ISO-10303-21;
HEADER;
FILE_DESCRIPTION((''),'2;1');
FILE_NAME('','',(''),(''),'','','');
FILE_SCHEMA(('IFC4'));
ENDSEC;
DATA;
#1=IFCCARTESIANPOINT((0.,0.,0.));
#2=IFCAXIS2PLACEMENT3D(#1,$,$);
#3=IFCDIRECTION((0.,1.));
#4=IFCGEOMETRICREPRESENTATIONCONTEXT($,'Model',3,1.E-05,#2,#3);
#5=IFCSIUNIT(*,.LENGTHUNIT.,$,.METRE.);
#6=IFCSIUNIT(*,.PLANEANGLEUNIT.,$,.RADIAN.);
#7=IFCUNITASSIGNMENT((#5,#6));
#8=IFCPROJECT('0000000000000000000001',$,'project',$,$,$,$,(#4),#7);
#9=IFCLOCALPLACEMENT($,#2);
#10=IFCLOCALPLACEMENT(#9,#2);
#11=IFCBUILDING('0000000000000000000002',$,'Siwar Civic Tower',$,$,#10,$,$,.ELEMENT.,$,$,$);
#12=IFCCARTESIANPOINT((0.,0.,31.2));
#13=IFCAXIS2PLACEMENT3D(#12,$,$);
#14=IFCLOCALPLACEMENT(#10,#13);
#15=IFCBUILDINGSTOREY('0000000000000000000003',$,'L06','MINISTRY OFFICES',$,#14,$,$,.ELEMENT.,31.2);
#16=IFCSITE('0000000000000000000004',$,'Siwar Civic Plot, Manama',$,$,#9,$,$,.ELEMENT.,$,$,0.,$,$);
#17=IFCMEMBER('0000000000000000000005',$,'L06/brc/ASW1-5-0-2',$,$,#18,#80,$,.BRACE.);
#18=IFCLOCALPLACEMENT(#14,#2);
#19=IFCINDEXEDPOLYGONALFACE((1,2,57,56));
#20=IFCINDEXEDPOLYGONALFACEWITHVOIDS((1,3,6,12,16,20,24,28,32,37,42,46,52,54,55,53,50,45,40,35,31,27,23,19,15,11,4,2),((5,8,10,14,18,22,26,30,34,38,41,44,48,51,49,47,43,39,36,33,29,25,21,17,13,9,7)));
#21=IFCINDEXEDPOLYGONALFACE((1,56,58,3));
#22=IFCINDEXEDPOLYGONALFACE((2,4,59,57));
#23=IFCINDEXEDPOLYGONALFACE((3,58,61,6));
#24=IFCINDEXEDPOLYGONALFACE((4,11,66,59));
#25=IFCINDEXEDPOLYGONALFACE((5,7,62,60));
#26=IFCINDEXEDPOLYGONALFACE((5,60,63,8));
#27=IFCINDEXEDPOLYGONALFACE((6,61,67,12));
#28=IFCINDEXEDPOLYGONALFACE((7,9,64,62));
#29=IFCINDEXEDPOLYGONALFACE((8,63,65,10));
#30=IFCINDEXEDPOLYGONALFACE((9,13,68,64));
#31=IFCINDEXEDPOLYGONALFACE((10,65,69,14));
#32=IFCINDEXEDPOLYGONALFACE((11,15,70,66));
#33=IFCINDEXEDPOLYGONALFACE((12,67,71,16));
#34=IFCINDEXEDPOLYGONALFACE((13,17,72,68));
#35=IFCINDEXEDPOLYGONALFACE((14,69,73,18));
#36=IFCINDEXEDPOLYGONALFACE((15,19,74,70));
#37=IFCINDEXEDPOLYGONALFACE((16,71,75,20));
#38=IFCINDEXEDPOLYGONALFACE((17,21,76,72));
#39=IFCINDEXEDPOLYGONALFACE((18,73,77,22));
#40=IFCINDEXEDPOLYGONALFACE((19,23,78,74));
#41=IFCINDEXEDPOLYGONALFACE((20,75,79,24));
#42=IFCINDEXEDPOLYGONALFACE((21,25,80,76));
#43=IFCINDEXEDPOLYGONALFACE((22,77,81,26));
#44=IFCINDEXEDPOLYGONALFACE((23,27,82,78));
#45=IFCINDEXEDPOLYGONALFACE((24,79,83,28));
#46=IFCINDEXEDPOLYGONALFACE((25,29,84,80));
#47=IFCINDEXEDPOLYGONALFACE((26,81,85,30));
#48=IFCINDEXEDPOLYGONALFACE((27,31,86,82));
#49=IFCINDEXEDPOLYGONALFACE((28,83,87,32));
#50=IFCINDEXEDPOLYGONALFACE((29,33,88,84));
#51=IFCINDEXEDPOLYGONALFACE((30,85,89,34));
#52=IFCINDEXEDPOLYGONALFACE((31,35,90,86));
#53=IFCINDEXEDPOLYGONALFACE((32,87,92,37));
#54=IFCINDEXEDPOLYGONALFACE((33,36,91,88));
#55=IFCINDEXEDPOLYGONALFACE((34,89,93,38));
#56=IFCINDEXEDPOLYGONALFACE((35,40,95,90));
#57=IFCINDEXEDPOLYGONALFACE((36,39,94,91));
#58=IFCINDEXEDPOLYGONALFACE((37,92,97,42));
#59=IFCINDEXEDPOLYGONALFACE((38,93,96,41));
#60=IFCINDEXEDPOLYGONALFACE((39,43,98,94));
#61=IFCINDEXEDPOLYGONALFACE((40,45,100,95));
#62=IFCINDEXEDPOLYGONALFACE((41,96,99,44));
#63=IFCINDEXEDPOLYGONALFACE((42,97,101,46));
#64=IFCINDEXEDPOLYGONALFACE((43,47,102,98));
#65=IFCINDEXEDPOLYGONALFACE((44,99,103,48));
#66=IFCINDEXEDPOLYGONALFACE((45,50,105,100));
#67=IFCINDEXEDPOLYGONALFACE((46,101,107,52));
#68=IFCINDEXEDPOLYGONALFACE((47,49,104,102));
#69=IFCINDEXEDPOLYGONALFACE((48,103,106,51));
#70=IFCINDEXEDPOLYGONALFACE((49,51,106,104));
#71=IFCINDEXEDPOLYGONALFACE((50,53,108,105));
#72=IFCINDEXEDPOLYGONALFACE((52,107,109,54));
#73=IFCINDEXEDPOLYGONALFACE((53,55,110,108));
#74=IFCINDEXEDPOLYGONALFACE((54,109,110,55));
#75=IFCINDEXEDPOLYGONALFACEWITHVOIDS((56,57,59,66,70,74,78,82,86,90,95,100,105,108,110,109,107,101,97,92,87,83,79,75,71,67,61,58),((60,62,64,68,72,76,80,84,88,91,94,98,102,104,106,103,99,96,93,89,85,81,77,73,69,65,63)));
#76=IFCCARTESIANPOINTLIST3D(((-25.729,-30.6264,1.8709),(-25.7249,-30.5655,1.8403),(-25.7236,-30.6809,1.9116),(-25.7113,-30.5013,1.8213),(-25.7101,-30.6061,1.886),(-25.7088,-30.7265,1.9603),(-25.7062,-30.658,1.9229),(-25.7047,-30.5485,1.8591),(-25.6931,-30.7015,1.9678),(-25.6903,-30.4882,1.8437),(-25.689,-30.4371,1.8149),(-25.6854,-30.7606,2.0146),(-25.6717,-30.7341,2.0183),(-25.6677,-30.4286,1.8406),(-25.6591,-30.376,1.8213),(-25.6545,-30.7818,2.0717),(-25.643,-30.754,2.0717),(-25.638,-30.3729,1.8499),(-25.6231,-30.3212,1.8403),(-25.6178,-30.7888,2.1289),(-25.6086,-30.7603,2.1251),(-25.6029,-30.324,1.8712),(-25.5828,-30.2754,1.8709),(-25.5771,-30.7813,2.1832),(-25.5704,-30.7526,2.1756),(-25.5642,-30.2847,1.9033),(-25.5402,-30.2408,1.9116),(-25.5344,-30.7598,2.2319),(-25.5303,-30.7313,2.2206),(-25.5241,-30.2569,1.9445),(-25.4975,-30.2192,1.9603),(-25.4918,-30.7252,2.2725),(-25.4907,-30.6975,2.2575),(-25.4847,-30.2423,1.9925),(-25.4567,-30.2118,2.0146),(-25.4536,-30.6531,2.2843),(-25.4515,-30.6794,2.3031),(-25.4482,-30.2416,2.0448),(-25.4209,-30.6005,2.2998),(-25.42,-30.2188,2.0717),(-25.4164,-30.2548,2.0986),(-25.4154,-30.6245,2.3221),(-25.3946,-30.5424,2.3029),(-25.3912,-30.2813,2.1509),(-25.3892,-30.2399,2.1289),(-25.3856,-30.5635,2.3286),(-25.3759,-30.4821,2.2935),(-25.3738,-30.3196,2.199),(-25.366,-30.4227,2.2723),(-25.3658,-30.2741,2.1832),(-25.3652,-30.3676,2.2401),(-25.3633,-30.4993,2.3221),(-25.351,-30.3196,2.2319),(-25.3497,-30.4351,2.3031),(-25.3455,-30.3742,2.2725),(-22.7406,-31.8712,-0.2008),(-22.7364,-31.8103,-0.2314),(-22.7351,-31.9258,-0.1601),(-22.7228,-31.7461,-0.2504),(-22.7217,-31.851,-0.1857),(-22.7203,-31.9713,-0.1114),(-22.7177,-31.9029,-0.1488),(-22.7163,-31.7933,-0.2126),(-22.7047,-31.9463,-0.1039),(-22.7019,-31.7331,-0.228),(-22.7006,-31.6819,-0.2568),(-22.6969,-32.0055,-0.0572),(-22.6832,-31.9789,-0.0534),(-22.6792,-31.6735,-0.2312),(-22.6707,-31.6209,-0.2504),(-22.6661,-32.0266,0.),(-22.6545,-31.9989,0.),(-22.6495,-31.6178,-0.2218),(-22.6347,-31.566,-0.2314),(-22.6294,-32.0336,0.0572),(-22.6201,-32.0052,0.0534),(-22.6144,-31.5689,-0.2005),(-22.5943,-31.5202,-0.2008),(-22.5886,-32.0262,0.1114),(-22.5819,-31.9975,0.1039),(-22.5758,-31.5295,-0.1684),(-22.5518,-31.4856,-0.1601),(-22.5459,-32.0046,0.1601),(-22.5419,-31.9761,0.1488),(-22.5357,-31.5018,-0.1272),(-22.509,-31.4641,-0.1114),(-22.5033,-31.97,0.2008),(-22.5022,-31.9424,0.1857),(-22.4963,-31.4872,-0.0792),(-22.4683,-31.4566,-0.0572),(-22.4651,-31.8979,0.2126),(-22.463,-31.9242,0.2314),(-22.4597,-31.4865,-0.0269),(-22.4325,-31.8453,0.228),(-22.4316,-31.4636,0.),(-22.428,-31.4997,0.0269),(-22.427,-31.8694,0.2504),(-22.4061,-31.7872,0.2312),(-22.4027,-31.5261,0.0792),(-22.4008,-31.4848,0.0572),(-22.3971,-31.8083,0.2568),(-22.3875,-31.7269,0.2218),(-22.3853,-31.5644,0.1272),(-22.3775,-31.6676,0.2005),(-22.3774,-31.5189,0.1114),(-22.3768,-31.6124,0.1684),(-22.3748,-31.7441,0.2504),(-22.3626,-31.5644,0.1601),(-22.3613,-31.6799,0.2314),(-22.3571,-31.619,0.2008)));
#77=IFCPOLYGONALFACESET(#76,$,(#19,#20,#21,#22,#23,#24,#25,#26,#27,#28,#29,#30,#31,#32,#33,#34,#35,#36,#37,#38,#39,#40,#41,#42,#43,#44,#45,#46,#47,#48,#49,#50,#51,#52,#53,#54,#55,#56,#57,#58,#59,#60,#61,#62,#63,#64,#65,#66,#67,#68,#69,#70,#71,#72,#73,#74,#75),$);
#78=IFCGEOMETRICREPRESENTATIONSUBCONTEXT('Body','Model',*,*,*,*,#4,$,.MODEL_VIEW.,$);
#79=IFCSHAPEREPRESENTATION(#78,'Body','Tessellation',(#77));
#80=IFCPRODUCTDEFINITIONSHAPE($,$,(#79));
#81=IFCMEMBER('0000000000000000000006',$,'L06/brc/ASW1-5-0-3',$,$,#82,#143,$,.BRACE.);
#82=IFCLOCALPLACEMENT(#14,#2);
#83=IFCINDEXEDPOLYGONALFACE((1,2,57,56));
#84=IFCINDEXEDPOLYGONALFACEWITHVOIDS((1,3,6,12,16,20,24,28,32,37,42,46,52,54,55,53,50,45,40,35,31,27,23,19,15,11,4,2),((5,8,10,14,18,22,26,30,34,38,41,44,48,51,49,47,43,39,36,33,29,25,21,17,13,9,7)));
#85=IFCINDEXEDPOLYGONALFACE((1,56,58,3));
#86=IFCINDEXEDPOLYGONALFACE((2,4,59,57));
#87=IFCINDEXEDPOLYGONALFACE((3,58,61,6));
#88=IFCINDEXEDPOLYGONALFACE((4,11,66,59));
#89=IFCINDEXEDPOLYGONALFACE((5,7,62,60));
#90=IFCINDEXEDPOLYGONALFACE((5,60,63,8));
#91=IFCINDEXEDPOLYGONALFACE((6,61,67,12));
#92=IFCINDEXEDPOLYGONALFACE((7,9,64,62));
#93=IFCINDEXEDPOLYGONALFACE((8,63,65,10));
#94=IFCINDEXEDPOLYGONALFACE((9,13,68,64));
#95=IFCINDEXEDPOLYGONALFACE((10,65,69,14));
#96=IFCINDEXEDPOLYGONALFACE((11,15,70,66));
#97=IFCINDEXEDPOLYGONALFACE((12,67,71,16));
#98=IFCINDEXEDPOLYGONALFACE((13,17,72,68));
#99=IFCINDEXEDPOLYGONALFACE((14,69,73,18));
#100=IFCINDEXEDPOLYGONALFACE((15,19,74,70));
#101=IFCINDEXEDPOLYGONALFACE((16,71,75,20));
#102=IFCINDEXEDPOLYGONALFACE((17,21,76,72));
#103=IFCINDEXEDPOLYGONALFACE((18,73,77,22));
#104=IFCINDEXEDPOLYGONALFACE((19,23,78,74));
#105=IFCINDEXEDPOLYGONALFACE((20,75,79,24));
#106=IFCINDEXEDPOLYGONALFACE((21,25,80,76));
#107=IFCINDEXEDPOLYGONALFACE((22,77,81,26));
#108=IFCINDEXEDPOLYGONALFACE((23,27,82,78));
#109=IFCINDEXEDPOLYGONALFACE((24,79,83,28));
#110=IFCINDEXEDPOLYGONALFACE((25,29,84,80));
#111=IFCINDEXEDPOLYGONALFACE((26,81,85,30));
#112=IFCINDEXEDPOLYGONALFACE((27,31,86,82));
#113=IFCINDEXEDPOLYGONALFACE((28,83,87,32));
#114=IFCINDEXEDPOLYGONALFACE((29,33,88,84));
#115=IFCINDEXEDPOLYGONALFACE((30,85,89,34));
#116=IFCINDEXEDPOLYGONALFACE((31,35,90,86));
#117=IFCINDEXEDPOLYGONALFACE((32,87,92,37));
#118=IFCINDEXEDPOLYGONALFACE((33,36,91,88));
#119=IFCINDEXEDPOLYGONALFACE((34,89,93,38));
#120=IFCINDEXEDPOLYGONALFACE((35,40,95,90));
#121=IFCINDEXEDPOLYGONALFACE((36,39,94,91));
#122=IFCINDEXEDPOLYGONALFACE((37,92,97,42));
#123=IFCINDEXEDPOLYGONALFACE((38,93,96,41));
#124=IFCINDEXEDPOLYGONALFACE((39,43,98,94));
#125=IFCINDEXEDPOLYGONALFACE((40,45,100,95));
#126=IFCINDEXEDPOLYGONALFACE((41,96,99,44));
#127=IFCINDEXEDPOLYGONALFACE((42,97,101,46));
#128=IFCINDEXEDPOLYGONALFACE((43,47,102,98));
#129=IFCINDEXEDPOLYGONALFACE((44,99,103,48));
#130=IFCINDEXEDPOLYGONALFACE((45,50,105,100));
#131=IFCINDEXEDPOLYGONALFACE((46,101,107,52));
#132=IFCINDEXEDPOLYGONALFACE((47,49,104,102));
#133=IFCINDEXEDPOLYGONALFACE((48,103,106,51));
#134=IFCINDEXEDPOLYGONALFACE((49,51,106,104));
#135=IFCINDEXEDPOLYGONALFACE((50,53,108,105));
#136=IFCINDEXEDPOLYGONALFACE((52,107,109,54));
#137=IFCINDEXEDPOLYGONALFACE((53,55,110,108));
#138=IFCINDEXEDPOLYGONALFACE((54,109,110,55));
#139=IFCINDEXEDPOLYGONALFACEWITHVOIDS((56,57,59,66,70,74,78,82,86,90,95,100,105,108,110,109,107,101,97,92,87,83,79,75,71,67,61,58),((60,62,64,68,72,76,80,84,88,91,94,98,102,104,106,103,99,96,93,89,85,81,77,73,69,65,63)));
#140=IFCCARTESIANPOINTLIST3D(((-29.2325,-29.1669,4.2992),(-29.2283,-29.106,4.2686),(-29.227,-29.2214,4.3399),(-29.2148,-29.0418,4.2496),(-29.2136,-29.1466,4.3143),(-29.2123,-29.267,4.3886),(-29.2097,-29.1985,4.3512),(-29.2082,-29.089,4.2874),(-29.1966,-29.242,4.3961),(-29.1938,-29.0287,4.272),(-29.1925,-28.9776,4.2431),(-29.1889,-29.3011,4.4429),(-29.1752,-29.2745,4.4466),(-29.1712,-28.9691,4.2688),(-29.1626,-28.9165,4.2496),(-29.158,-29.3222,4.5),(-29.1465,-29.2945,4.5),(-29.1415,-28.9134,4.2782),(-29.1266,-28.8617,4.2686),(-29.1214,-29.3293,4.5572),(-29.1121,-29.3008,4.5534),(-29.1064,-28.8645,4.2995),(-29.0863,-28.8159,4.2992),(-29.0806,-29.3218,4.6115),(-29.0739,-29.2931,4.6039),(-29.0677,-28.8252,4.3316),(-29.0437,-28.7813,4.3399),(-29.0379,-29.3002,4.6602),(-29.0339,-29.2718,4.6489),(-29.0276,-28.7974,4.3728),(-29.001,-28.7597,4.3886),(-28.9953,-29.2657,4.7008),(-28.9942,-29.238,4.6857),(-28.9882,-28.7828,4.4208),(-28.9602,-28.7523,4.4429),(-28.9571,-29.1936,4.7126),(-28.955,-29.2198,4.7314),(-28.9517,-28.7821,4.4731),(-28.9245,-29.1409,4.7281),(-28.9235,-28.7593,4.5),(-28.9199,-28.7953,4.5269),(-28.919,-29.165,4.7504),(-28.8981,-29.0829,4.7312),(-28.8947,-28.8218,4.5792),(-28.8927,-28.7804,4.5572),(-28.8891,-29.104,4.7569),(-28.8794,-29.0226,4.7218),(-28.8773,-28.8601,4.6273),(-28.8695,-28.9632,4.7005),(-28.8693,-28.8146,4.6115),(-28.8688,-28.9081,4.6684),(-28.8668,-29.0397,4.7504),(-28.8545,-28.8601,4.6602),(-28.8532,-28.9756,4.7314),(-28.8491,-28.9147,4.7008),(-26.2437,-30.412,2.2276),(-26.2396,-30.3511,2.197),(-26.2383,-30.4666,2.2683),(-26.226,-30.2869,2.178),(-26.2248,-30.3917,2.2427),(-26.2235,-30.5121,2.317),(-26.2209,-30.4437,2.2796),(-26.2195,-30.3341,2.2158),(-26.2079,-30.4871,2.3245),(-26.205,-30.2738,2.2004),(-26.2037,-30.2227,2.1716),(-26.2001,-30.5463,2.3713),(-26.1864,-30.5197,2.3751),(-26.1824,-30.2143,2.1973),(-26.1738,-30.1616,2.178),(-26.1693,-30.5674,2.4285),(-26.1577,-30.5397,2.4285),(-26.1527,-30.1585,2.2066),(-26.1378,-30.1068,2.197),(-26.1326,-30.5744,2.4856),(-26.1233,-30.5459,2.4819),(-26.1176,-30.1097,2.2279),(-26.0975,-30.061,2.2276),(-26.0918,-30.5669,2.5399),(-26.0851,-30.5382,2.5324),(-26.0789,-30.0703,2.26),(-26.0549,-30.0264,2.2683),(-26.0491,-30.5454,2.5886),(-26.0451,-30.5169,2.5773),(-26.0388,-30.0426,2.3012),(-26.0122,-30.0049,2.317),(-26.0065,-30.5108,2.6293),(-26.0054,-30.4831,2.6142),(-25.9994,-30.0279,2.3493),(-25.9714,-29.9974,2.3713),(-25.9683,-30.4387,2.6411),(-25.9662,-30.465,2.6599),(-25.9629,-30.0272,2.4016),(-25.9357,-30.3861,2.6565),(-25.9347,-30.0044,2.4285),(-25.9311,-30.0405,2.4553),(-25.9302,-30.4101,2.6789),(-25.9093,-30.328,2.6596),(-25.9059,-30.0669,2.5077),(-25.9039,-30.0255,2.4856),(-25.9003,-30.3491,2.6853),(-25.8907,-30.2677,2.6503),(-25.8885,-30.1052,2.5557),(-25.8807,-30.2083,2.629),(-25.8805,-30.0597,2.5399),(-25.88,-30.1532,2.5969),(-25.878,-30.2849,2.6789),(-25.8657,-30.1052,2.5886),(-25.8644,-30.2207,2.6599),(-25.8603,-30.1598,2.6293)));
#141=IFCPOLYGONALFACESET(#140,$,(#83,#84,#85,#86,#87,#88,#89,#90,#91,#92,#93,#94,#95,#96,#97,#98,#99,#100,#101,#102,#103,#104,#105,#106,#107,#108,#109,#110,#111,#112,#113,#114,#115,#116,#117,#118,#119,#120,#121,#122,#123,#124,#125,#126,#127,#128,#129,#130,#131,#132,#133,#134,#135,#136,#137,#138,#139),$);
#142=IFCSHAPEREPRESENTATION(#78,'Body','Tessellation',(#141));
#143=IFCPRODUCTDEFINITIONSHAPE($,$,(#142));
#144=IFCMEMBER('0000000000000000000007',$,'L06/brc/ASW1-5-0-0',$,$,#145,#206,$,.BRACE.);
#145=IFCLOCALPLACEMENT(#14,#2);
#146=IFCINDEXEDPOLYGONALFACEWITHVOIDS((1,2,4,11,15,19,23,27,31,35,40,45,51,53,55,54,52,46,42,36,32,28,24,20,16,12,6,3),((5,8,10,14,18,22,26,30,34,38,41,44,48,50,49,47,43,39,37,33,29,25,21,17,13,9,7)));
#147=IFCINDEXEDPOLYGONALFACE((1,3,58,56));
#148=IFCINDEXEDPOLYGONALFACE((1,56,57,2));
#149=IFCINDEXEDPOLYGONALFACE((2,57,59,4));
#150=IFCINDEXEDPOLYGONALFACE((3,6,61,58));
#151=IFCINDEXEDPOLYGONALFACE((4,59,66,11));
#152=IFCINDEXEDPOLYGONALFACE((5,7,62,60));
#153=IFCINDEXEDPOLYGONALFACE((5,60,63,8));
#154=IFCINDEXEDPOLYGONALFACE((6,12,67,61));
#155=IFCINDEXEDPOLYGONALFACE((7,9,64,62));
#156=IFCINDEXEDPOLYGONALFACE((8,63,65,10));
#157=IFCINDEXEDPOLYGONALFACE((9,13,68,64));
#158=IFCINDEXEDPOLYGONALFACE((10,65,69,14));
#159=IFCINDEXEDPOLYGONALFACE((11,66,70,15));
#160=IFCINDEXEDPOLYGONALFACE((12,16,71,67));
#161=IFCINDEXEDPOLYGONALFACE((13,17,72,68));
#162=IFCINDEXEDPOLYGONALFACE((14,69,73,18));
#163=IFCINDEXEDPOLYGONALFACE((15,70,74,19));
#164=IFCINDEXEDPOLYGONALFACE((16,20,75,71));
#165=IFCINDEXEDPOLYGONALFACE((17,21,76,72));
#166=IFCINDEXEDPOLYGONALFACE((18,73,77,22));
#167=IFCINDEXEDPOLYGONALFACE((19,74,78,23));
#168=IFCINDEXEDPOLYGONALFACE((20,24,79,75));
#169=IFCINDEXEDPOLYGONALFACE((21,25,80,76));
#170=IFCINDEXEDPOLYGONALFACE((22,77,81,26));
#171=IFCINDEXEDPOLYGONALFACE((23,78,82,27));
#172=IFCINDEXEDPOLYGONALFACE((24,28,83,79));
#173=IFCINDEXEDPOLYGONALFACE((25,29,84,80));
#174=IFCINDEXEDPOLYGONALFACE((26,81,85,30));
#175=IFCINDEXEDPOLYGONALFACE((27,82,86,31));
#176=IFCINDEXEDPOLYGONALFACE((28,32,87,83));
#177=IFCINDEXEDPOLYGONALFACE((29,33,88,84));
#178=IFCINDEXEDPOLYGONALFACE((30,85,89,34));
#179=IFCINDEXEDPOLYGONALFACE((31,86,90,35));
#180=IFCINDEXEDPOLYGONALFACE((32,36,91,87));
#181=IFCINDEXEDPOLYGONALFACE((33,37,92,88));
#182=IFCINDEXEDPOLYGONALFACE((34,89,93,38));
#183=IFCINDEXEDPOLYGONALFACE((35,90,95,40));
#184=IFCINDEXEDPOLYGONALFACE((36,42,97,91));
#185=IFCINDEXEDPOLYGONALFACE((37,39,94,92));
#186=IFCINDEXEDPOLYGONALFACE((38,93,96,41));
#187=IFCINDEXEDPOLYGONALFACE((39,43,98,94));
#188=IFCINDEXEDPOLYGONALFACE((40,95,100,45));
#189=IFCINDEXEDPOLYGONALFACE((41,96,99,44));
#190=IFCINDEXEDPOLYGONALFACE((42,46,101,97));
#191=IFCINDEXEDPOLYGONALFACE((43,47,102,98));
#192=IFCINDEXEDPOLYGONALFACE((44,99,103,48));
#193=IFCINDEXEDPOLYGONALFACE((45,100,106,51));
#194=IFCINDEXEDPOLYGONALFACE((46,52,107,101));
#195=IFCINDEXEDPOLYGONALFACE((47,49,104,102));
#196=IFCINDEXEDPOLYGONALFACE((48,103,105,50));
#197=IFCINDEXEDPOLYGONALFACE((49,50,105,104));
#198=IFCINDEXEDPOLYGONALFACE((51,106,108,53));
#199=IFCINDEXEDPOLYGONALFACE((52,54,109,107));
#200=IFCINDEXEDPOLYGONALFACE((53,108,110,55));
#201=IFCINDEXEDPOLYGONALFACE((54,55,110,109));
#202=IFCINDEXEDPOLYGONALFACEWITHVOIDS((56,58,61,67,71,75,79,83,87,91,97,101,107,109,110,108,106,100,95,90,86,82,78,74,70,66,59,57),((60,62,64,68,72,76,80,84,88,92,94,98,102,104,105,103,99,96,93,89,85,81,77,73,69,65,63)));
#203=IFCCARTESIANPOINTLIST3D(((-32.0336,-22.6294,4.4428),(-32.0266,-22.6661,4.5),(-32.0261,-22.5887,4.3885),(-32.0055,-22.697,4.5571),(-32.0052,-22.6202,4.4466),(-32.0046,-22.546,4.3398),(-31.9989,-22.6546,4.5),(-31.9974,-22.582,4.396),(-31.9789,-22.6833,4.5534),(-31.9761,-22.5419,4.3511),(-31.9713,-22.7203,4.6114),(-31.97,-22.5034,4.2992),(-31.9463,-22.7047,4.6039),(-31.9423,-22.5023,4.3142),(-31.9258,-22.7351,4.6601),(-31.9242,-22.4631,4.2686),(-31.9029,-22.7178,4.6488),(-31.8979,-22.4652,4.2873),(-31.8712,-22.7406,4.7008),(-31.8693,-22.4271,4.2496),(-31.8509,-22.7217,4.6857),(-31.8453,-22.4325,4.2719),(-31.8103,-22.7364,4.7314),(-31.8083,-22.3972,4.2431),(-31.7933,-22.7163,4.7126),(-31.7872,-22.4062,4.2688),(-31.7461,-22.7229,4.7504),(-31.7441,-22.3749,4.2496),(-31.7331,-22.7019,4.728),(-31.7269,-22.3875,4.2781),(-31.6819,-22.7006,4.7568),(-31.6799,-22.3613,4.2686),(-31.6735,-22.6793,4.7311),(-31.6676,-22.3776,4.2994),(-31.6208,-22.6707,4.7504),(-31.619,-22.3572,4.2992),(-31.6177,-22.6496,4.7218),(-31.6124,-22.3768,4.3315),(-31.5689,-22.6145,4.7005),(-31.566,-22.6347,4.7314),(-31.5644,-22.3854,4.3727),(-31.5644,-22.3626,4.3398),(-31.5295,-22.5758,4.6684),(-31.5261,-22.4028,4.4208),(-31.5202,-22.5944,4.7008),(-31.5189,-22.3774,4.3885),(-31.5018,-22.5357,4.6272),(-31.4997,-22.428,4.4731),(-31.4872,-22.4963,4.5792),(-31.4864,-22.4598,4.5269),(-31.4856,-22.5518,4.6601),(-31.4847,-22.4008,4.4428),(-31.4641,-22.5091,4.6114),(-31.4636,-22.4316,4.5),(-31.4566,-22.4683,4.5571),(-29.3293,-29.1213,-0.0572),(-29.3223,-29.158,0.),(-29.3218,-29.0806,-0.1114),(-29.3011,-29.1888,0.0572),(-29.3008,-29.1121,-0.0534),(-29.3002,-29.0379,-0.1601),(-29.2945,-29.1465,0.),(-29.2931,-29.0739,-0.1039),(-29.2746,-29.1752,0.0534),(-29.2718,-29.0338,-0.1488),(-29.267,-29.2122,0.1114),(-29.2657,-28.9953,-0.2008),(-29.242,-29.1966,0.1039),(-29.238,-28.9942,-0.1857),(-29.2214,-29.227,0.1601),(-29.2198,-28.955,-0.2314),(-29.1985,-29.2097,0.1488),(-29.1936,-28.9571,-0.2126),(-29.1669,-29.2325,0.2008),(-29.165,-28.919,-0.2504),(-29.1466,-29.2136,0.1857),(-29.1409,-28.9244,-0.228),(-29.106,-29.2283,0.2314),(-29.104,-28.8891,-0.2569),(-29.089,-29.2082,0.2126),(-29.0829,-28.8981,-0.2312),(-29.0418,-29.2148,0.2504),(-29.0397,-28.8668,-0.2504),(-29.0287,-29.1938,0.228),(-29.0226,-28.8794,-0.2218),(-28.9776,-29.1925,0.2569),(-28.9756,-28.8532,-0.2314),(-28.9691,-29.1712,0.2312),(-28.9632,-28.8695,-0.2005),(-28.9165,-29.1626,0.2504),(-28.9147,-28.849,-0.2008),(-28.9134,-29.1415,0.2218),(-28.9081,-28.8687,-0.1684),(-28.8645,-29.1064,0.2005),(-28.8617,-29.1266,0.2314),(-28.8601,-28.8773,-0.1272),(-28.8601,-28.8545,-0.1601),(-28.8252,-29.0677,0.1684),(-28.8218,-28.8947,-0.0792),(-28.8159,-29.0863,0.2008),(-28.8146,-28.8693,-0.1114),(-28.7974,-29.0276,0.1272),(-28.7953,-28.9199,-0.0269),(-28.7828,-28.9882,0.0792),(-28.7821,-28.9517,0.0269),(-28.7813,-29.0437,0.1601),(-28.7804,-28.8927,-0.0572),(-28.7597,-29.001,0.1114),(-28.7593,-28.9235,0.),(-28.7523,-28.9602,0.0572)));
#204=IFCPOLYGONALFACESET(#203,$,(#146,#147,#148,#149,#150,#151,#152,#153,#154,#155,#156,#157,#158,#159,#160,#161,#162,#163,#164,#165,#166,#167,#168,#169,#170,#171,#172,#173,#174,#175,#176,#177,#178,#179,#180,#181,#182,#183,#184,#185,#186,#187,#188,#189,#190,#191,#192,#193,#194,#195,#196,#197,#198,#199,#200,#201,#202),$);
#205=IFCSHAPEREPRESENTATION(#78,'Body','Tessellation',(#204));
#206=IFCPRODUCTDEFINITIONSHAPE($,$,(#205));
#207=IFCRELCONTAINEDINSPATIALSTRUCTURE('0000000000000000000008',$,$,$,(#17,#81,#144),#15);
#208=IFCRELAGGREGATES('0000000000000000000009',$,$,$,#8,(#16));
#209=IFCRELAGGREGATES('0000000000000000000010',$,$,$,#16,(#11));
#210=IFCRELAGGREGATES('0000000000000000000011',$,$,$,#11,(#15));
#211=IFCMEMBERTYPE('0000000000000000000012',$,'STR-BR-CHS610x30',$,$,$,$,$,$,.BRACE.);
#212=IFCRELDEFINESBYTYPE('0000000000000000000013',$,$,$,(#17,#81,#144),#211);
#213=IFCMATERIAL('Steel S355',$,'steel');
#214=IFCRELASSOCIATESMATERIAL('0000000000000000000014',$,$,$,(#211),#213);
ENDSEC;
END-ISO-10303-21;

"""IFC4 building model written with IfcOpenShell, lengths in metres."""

from ifc_helpers import new_model, si_unit, direction, frame, origin, origin_2d, place, context, subcontext, project, spatial, hollow_circle, extrude, material, material_profile, profile_set, type_object, element, save


model = new_model("IFC4")

# Units and contexts
model_context = context("Model", 3, precision=1e-05, world=origin(), true_north=direction((0.0, 1.0)))
body_context = subcontext(model_context, "Body", "Model", "MODEL_VIEW")
ifc_project = project(units=[si_unit("LENGTHUNIT", "METRE"), si_unit("PLANEANGLEUNIT", "RADIAN")], contexts=[model_context])

# Site, building, storey
site_placement = place(None, origin())
site = spatial("IfcSite", under=ifc_project, at=site_placement, Name="Siwar Civic Plot, Manama", CompositionType="ELEMENT", RefElevation=0.0)
building_placement = place(site_placement, origin())
building = spatial("IfcBuilding", under=site, at=building_placement, Name="Siwar Civic Tower", CompositionType="ELEMENT")
storey_placement = place(building_placement, frame((0.0, 0.0, 31.2)))
storey = spatial("IfcBuildingStorey", under=building, at=storey_placement, Name="L06", Description="MINISTRY OFFICES", CompositionType="ELEMENT", Elevation=31.2)

# Members
ifc_material_1 = material(Name="Steel S355", Category="steel")
ifc_material_profile_1 = material_profile(ifc_material_1, hollow_circle(Radius=0.3049, WallThickness=0.03, at=origin_2d()), Name="CHS610x30")
ifc_profile_set_1 = profile_set([ifc_material_profile_1], Name="Steel S355")
member_type_1 = type_object("IfcMemberType", Name="STR-BR-CHS610x30", PredefinedType="BRACE", material=ifc_profile_set_1)
member_1_placement = place(storey_placement, frame((-22.5488, -31.7451, 0.0), z_axis=(-0.777533, 0.323882, 0.53902), x_axis=(-0.384524, -0.923115, 0.0)))
element("IfcMember", 1, at=member_1_placement, inside=storey, type_object=member_type_1, Name="L06/brc/ASW1-5-0-2", PredefinedType="BRACE", context=body_context, shape_type="SweptSolid", body=[
    extrude(hollow_circle(Radius=0.3049, WallThickness=0.03, at=origin_2d()), origin(), (0.0, 0.0, 1.0), 3.8435),
])
member_2_placement = place(storey_placement, frame((-26.052, -30.2859, 2.4285), z_axis=(-0.777569, 0.323934, 0.538937), x_axis=(-0.384562, -0.923099, 0.0)))
element("IfcMember", 2, at=member_2_placement, inside=storey, type_object=member_type_1, Name="L06/brc/ASW1-5-0-3", PredefinedType="BRACE", context=body_context, shape_type="SweptSolid", body=[
    extrude(hollow_circle(Radius=0.3049, WallThickness=0.03, at=origin_2d()), origin(), (0.0, 0.0, 1.0), 3.8438),
])
member_3_placement = place(storey_placement, frame((-29.0408, -29.0408, 0.0), z_axis=(-0.323906, 0.777555, 0.538975), x_axis=(-0.923109, -0.384539, 0.0)))
element("IfcMember", 3, at=member_3_placement, inside=storey, type_object=member_type_1, Name="L06/brc/ASW1-5-0-0", PredefinedType="BRACE", context=body_context, shape_type="SweptSolid", body=[
    extrude(hollow_circle(Radius=0.3049, WallThickness=0.03, at=origin_2d()), origin(), (0.0, 0.0, 1.0), 8.3491),
])

save(model, "model.ifc")
